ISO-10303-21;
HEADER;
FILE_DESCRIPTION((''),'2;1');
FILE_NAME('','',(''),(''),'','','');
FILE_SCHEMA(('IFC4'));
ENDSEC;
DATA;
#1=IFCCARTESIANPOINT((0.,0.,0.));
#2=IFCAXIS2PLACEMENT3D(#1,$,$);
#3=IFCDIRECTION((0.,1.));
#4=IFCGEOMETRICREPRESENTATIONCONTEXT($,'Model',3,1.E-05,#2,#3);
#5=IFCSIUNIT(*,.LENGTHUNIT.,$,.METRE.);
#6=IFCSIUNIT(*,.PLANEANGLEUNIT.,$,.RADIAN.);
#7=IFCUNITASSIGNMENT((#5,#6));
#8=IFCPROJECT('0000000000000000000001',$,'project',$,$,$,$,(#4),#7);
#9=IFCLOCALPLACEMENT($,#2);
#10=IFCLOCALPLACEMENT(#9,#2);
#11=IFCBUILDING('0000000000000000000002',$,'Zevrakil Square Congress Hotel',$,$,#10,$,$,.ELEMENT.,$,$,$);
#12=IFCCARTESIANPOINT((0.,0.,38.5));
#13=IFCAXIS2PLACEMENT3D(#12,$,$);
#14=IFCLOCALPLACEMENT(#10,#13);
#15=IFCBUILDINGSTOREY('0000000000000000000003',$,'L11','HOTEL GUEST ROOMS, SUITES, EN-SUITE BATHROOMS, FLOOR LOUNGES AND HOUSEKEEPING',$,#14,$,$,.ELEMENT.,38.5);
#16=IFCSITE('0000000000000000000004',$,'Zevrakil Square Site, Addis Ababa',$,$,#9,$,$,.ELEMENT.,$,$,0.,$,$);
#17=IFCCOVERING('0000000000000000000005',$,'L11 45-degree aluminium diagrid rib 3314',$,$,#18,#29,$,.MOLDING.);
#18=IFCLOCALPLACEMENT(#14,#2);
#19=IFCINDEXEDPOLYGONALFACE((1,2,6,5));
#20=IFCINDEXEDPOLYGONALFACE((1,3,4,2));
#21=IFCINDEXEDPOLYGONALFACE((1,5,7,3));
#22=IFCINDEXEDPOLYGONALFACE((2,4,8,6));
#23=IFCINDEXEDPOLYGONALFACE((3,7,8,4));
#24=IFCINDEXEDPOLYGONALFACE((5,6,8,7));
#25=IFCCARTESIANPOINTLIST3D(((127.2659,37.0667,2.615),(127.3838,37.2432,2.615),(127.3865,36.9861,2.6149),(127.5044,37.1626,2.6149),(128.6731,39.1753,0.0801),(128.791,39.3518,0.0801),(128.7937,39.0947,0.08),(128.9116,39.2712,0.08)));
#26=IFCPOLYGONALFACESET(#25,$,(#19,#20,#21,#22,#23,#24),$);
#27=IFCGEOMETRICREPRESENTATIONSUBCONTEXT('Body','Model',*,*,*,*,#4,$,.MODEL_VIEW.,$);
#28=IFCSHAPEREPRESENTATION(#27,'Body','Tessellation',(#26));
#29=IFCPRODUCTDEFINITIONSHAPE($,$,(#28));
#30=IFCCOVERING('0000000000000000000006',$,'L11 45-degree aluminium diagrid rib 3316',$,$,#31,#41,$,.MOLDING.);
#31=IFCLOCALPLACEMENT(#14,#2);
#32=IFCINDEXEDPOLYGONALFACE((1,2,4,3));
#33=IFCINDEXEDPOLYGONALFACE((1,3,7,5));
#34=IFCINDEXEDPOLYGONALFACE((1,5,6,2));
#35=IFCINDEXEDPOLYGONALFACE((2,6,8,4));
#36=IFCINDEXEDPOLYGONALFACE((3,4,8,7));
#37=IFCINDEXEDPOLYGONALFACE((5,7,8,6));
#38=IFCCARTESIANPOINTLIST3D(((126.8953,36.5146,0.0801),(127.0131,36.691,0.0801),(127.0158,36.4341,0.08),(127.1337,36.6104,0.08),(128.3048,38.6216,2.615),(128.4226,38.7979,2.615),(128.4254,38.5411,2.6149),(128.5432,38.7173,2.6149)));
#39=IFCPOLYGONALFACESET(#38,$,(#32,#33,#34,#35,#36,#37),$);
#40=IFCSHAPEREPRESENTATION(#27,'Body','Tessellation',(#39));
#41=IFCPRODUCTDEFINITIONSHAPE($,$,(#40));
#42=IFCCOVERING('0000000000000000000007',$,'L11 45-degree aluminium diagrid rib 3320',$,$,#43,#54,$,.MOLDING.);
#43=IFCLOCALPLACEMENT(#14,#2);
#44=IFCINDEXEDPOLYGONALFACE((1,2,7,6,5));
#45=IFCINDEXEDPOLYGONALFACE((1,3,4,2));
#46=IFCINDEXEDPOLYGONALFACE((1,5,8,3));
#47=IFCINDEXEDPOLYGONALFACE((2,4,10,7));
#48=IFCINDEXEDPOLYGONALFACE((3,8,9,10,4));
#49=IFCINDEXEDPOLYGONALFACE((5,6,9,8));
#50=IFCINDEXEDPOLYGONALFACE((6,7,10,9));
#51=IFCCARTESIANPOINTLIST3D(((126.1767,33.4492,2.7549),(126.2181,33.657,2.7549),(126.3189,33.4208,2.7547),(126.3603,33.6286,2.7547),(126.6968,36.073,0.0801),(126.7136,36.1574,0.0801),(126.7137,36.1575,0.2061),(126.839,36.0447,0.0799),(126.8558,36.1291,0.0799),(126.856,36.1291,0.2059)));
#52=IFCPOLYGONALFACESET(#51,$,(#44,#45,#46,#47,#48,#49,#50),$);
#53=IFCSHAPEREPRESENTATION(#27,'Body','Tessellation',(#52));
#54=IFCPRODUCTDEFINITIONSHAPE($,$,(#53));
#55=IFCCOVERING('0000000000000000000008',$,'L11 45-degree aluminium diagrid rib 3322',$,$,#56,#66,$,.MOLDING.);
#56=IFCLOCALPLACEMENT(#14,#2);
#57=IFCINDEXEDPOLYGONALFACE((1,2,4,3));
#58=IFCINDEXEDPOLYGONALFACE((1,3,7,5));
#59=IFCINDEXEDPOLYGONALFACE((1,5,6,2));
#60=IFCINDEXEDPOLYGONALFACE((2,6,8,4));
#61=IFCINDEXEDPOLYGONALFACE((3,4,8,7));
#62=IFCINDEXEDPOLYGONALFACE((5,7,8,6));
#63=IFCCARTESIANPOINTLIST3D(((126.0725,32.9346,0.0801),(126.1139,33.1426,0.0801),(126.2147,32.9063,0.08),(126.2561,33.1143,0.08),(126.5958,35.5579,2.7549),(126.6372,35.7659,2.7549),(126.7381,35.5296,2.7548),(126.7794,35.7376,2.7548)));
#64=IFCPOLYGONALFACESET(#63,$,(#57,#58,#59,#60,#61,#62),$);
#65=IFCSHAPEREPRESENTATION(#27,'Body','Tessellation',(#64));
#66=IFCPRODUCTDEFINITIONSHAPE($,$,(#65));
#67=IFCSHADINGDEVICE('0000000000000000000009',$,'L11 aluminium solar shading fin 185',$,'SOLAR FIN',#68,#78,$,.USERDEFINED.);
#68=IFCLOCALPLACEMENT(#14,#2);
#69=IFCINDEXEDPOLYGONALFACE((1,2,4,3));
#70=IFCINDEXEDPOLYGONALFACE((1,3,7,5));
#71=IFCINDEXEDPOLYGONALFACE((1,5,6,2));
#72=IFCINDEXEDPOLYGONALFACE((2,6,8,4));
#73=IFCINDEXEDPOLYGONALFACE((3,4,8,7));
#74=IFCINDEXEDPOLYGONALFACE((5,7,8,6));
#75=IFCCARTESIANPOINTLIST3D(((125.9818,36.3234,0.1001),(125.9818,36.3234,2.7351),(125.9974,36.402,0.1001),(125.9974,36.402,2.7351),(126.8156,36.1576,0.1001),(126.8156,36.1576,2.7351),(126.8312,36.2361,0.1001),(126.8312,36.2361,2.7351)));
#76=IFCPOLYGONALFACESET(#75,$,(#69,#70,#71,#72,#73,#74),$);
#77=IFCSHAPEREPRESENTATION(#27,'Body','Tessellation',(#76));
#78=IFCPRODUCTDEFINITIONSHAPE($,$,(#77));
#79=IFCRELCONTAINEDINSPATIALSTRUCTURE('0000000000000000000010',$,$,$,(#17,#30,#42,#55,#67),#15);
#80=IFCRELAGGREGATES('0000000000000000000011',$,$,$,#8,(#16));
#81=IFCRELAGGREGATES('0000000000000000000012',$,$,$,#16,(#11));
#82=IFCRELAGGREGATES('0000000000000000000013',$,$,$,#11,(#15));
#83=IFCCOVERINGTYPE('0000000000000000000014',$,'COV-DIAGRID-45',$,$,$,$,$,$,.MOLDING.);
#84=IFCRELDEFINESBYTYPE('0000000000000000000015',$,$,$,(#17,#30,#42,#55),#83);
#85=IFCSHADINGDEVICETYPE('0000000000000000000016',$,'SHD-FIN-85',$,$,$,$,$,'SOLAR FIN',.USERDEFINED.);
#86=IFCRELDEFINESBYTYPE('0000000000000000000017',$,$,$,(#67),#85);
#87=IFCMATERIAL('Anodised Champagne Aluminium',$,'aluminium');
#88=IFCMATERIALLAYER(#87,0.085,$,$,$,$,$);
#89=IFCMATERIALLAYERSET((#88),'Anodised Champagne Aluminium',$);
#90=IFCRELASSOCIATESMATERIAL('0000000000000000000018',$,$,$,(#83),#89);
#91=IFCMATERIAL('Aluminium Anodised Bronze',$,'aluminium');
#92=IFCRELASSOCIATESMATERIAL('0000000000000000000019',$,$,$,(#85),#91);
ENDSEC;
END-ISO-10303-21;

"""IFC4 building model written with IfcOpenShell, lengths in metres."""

from ifc_helpers import new_model, si_unit, direction, frame, origin, origin_2d, place, context, subcontext, project, spatial, polyline, rectangle, outline, extrude, material, layer, layer_set, type_object, element, save


model = new_model("IFC4")

# Units and contexts
model_context = context("Model", 3, precision=1e-05, world=origin(), true_north=direction((0.0, 1.0)))
body_context = subcontext(model_context, "Body", "Model", "MODEL_VIEW")
ifc_project = project(units=[si_unit("LENGTHUNIT", "METRE"), si_unit("PLANEANGLEUNIT", "RADIAN")], contexts=[model_context])

# Site, building, storey
site_placement = place(None, origin())
site = spatial("IfcSite", under=ifc_project, at=site_placement, Name="Zevrakil Square Site, Addis Ababa", CompositionType="ELEMENT", RefElevation=0.0)
building_placement = place(site_placement, origin())
building = spatial("IfcBuilding", under=site, at=building_placement, Name="Zevrakil Square Congress Hotel", CompositionType="ELEMENT")
storey_placement = place(building_placement, frame((0.0, 0.0, 38.5)))
storey = spatial("IfcBuildingStorey", under=building, at=storey_placement, Name="L11", Description="HOTEL GUEST ROOMS, SUITES, EN-SUITE BATHROOMS, FLOOR LOUNGES AND HOUSEKEEPING", CompositionType="ELEMENT", Elevation=38.5)

# Coverings
ifc_material_1 = material(Name="Anodised Champagne Aluminium", Category="aluminium")
ifc_layer_1 = layer(ifc_material_1, 0.085)
ifc_layer_set_1 = layer_set([ifc_layer_1], Name="Anodised Champagne Aluminium")
covering_type_1 = type_object("IfcCoveringType", Name="COV-DIAGRID-45", PredefinedType="MOLDING", material=ifc_layer_set_1)
covering_1_placement = place(storey_placement, frame((128.6731, 39.1753, 0.0801), z_axis=(-0.831519, 0.555496, 0.000476), x_axis=(0.555496, 0.831519, 0.0)))
element("IfcCovering", 1, at=covering_1_placement, inside=storey, type_object=covering_type_1, Name="L11 45-degree aluminium diagrid rib 3314", PredefinedType="MOLDING", context=body_context, shape_type="SweptSolid", body=[
    extrude(outline(polyline([(0.0, 0.0), (0.2123, 0.0), (-2.3228, -2.5349), (-2.5351, -2.5349), (0.0, 0.0)])), origin(), (0.0, 0.0, -1.0), 0.145),
])
covering_2_placement = place(storey_placement, frame((128.4226, 38.7979, 2.615), z_axis=(-0.83143, 0.55563, 0.000498), x_axis=(-0.55563, -0.83143, 0.0)))
element("IfcCovering", 2, at=covering_2_placement, inside=storey, type_object=covering_type_1, Name="L11 45-degree aluminium diagrid rib 3316", PredefinedType="MOLDING", context=body_context, shape_type="SweptSolid", body=[
    extrude(outline(polyline([(0.0, 0.0), (0.2119, 0.0), (2.747, -2.5349), (2.5349, -2.5349), (0.0, 0.0)])), origin(), (0.0, 0.0, -1.0), 0.145),
])
covering_3_placement = place(storey_placement, frame((126.6968, 36.073, 0.0801), z_axis=(-0.980727, 0.195378, 0.000969), x_axis=(0.195378, 0.980728, -0.000003)))
element("IfcCovering", 3, at=covering_3_placement, inside=storey, type_object=covering_type_1, Name="L11 45-degree aluminium diagrid rib 3320", PredefinedType="MOLDING", context=body_context, shape_type="SweptSolid", body=[
    extrude(outline(polyline([(0.0, 0.0), (0.0861, 0.0), (0.0861, -0.126), (-2.463, -2.6748), (-2.6749, -2.6748), (0.0, 0.0)])), origin(), (0.0, 0.0, -1.0), 0.145),
])
covering_4_placement = place(storey_placement, frame((126.6372, 35.7659, 2.7549), z_axis=(-0.980779, 0.19512, 0.000524), x_axis=(-0.19512, -0.980779, 0.0)))
element("IfcCovering", 4, at=covering_4_placement, inside=storey, type_object=covering_type_1, Name="L11 45-degree aluminium diagrid rib 3322", PredefinedType="MOLDING", context=body_context, shape_type="SweptSolid", body=[
    extrude(outline(polyline([(0.0, 0.0), (0.2121, 0.0), (2.8871, -2.6748), (2.675, -2.6748), (0.0, 0.0)])), origin(), (0.0, 0.0, -1.0), 0.145),
])

# Shading device
ifc_material_2 = material(Name="Aluminium Anodised Bronze", Category="aluminium")
shading_device_type = type_object("IfcShadingDeviceType", Name="SHD-FIN-85", ElementType="SOLAR FIN", PredefinedType="USERDEFINED", material=ifc_material_2)
shading_device_placement = place(storey_placement, frame((126.4065, 36.2798, 0.1001), z_axis=(0.0, 0.0, 1.0), x_axis=(-0.980785, 0.19509, 0.0)))
element("IfcShadingDevice", 5, at=shading_device_placement, inside=storey, type_object=shading_device_type, Name="L11 aluminium solar shading fin 185", ObjectType="SOLAR FIN", PredefinedType="USERDEFINED", context=body_context, shape_type="SweptSolid", body=[
    extrude(rectangle(XDim=0.8501, YDim=0.0801, at=origin_2d()), origin(), (0.0, 0.0, 1.0), 2.635),
])

save(model, "model.ifc")
